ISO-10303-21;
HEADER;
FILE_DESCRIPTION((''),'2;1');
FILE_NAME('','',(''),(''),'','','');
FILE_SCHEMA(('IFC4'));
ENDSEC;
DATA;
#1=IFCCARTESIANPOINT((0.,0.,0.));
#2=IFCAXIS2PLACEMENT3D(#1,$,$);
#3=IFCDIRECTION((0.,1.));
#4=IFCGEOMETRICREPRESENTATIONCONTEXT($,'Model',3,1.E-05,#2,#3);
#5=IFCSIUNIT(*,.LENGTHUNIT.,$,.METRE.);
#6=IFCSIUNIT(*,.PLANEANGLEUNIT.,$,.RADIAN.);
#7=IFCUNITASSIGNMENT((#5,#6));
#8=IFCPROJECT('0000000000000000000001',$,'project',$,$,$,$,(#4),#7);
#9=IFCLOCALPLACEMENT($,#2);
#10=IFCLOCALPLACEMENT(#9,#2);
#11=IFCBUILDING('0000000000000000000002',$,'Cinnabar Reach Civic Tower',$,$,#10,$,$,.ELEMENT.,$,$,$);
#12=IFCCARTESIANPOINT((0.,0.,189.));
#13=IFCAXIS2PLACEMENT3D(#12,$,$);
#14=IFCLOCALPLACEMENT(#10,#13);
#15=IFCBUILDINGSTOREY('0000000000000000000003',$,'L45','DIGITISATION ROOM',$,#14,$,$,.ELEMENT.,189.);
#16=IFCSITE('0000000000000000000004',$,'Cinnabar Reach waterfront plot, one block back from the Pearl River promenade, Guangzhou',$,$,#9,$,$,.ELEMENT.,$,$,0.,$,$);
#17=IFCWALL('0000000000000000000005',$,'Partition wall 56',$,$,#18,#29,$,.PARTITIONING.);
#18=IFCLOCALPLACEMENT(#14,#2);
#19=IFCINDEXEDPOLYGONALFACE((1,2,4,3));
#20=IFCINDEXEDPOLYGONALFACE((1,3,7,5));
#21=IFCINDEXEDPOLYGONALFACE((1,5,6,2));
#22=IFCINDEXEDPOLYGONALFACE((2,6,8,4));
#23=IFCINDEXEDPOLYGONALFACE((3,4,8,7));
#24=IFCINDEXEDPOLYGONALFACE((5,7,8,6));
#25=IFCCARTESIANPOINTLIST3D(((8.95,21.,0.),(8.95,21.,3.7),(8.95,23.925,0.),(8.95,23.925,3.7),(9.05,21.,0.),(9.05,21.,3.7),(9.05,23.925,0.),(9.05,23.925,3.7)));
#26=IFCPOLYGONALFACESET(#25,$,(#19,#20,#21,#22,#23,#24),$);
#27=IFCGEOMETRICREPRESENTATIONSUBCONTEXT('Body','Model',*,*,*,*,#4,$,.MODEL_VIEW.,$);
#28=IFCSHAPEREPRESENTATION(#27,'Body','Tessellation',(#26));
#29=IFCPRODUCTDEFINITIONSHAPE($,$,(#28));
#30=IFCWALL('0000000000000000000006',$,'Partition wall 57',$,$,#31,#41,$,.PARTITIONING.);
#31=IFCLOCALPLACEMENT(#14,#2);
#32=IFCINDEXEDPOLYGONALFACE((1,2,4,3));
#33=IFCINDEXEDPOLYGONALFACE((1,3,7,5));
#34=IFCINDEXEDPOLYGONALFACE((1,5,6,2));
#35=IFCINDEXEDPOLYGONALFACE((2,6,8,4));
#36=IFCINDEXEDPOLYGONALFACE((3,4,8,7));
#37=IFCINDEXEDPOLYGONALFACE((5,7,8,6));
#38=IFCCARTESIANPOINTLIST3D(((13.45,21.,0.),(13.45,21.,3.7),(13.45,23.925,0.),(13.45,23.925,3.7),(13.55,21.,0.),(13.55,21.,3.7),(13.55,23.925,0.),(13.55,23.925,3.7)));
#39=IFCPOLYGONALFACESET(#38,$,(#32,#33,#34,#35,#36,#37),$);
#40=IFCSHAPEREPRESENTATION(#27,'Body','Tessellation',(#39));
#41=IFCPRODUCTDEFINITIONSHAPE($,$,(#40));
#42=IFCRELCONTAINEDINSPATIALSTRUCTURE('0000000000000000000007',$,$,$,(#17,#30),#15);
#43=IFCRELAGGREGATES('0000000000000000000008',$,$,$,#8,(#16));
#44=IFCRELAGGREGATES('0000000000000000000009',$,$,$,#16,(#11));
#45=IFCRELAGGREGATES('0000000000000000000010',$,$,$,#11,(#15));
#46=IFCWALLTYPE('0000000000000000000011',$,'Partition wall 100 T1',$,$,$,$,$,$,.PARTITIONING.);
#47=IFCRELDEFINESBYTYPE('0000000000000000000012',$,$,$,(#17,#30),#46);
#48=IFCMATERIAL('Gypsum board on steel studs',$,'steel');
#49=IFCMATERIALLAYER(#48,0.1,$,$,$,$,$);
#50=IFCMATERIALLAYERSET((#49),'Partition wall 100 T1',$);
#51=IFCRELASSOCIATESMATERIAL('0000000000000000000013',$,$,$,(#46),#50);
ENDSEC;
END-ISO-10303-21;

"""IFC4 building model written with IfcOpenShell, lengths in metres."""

from ifc_helpers import new_model, si_unit, direction, frame, frame_2d, origin, place, context, subcontext, project, spatial, rectangle, extrude, material, layer, layer_set, type_object, element, save


model = new_model("IFC4")

# Units and contexts
model_context = context("Model", 3, precision=1e-05, world=origin(), true_north=direction((0.0, 1.0)))
body_context = subcontext(model_context, "Body", "Model", "MODEL_VIEW")
ifc_project = project(units=[si_unit("LENGTHUNIT", "METRE"), si_unit("PLANEANGLEUNIT", "RADIAN")], contexts=[model_context])

# Site, building, storey
site_placement = place(None, origin())
site = spatial("IfcSite", under=ifc_project, at=site_placement, Name="Cinnabar Reach waterfront plot, one block back from the Pearl River promenade, Guangzhou", CompositionType="ELEMENT", RefElevation=0.0)
building_placement = place(site_placement, origin())
building = spatial("IfcBuilding", under=site, at=building_placement, Name="Cinnabar Reach Civic Tower", CompositionType="ELEMENT")
storey_placement = place(building_placement, frame((0.0, 0.0, 189.0)))
storey = spatial("IfcBuildingStorey", under=building, at=storey_placement, Name="L45", Description="DIGITISATION ROOM", CompositionType="ELEMENT", Elevation=189.0)

# Walls
ifc_material_1 = material(Name="Gypsum board on steel studs", Category="steel")
ifc_layer_1 = layer(ifc_material_1, 0.1)
ifc_layer_set_1 = layer_set([ifc_layer_1], Name="Partition wall 100 T1")
wall_type_1 = type_object("IfcWallType", Name="Partition wall 100 T1", PredefinedType="PARTITIONING", material=ifc_layer_set_1)
for number, where, z_axis, x_axis, name in (
    (1, (9.0, 21.0, 0.0), (0.0, 0.0, 1.0), (0.0, 1.0, 0.0), "Partition wall 56"),
    (2, (13.5, 21.0, 0.0), (0.0, 0.0, 1.0), (0.0, 1.0, 0.0), "Partition wall 57"),
):
    element("IfcWall", number, at=place(storey_placement, frame(where, z_axis=z_axis, x_axis=x_axis)), inside=storey, type_object=wall_type_1, Name=name, PredefinedType="PARTITIONING", context=body_context, shape_type="SweptSolid", body=[
        extrude(rectangle(XDim=2.925, YDim=0.1, at=frame_2d((1.4625, 0.0))), origin(), (0.0, 0.0, 1.0), 3.7),
    ])

save(model, "model.ifc")
